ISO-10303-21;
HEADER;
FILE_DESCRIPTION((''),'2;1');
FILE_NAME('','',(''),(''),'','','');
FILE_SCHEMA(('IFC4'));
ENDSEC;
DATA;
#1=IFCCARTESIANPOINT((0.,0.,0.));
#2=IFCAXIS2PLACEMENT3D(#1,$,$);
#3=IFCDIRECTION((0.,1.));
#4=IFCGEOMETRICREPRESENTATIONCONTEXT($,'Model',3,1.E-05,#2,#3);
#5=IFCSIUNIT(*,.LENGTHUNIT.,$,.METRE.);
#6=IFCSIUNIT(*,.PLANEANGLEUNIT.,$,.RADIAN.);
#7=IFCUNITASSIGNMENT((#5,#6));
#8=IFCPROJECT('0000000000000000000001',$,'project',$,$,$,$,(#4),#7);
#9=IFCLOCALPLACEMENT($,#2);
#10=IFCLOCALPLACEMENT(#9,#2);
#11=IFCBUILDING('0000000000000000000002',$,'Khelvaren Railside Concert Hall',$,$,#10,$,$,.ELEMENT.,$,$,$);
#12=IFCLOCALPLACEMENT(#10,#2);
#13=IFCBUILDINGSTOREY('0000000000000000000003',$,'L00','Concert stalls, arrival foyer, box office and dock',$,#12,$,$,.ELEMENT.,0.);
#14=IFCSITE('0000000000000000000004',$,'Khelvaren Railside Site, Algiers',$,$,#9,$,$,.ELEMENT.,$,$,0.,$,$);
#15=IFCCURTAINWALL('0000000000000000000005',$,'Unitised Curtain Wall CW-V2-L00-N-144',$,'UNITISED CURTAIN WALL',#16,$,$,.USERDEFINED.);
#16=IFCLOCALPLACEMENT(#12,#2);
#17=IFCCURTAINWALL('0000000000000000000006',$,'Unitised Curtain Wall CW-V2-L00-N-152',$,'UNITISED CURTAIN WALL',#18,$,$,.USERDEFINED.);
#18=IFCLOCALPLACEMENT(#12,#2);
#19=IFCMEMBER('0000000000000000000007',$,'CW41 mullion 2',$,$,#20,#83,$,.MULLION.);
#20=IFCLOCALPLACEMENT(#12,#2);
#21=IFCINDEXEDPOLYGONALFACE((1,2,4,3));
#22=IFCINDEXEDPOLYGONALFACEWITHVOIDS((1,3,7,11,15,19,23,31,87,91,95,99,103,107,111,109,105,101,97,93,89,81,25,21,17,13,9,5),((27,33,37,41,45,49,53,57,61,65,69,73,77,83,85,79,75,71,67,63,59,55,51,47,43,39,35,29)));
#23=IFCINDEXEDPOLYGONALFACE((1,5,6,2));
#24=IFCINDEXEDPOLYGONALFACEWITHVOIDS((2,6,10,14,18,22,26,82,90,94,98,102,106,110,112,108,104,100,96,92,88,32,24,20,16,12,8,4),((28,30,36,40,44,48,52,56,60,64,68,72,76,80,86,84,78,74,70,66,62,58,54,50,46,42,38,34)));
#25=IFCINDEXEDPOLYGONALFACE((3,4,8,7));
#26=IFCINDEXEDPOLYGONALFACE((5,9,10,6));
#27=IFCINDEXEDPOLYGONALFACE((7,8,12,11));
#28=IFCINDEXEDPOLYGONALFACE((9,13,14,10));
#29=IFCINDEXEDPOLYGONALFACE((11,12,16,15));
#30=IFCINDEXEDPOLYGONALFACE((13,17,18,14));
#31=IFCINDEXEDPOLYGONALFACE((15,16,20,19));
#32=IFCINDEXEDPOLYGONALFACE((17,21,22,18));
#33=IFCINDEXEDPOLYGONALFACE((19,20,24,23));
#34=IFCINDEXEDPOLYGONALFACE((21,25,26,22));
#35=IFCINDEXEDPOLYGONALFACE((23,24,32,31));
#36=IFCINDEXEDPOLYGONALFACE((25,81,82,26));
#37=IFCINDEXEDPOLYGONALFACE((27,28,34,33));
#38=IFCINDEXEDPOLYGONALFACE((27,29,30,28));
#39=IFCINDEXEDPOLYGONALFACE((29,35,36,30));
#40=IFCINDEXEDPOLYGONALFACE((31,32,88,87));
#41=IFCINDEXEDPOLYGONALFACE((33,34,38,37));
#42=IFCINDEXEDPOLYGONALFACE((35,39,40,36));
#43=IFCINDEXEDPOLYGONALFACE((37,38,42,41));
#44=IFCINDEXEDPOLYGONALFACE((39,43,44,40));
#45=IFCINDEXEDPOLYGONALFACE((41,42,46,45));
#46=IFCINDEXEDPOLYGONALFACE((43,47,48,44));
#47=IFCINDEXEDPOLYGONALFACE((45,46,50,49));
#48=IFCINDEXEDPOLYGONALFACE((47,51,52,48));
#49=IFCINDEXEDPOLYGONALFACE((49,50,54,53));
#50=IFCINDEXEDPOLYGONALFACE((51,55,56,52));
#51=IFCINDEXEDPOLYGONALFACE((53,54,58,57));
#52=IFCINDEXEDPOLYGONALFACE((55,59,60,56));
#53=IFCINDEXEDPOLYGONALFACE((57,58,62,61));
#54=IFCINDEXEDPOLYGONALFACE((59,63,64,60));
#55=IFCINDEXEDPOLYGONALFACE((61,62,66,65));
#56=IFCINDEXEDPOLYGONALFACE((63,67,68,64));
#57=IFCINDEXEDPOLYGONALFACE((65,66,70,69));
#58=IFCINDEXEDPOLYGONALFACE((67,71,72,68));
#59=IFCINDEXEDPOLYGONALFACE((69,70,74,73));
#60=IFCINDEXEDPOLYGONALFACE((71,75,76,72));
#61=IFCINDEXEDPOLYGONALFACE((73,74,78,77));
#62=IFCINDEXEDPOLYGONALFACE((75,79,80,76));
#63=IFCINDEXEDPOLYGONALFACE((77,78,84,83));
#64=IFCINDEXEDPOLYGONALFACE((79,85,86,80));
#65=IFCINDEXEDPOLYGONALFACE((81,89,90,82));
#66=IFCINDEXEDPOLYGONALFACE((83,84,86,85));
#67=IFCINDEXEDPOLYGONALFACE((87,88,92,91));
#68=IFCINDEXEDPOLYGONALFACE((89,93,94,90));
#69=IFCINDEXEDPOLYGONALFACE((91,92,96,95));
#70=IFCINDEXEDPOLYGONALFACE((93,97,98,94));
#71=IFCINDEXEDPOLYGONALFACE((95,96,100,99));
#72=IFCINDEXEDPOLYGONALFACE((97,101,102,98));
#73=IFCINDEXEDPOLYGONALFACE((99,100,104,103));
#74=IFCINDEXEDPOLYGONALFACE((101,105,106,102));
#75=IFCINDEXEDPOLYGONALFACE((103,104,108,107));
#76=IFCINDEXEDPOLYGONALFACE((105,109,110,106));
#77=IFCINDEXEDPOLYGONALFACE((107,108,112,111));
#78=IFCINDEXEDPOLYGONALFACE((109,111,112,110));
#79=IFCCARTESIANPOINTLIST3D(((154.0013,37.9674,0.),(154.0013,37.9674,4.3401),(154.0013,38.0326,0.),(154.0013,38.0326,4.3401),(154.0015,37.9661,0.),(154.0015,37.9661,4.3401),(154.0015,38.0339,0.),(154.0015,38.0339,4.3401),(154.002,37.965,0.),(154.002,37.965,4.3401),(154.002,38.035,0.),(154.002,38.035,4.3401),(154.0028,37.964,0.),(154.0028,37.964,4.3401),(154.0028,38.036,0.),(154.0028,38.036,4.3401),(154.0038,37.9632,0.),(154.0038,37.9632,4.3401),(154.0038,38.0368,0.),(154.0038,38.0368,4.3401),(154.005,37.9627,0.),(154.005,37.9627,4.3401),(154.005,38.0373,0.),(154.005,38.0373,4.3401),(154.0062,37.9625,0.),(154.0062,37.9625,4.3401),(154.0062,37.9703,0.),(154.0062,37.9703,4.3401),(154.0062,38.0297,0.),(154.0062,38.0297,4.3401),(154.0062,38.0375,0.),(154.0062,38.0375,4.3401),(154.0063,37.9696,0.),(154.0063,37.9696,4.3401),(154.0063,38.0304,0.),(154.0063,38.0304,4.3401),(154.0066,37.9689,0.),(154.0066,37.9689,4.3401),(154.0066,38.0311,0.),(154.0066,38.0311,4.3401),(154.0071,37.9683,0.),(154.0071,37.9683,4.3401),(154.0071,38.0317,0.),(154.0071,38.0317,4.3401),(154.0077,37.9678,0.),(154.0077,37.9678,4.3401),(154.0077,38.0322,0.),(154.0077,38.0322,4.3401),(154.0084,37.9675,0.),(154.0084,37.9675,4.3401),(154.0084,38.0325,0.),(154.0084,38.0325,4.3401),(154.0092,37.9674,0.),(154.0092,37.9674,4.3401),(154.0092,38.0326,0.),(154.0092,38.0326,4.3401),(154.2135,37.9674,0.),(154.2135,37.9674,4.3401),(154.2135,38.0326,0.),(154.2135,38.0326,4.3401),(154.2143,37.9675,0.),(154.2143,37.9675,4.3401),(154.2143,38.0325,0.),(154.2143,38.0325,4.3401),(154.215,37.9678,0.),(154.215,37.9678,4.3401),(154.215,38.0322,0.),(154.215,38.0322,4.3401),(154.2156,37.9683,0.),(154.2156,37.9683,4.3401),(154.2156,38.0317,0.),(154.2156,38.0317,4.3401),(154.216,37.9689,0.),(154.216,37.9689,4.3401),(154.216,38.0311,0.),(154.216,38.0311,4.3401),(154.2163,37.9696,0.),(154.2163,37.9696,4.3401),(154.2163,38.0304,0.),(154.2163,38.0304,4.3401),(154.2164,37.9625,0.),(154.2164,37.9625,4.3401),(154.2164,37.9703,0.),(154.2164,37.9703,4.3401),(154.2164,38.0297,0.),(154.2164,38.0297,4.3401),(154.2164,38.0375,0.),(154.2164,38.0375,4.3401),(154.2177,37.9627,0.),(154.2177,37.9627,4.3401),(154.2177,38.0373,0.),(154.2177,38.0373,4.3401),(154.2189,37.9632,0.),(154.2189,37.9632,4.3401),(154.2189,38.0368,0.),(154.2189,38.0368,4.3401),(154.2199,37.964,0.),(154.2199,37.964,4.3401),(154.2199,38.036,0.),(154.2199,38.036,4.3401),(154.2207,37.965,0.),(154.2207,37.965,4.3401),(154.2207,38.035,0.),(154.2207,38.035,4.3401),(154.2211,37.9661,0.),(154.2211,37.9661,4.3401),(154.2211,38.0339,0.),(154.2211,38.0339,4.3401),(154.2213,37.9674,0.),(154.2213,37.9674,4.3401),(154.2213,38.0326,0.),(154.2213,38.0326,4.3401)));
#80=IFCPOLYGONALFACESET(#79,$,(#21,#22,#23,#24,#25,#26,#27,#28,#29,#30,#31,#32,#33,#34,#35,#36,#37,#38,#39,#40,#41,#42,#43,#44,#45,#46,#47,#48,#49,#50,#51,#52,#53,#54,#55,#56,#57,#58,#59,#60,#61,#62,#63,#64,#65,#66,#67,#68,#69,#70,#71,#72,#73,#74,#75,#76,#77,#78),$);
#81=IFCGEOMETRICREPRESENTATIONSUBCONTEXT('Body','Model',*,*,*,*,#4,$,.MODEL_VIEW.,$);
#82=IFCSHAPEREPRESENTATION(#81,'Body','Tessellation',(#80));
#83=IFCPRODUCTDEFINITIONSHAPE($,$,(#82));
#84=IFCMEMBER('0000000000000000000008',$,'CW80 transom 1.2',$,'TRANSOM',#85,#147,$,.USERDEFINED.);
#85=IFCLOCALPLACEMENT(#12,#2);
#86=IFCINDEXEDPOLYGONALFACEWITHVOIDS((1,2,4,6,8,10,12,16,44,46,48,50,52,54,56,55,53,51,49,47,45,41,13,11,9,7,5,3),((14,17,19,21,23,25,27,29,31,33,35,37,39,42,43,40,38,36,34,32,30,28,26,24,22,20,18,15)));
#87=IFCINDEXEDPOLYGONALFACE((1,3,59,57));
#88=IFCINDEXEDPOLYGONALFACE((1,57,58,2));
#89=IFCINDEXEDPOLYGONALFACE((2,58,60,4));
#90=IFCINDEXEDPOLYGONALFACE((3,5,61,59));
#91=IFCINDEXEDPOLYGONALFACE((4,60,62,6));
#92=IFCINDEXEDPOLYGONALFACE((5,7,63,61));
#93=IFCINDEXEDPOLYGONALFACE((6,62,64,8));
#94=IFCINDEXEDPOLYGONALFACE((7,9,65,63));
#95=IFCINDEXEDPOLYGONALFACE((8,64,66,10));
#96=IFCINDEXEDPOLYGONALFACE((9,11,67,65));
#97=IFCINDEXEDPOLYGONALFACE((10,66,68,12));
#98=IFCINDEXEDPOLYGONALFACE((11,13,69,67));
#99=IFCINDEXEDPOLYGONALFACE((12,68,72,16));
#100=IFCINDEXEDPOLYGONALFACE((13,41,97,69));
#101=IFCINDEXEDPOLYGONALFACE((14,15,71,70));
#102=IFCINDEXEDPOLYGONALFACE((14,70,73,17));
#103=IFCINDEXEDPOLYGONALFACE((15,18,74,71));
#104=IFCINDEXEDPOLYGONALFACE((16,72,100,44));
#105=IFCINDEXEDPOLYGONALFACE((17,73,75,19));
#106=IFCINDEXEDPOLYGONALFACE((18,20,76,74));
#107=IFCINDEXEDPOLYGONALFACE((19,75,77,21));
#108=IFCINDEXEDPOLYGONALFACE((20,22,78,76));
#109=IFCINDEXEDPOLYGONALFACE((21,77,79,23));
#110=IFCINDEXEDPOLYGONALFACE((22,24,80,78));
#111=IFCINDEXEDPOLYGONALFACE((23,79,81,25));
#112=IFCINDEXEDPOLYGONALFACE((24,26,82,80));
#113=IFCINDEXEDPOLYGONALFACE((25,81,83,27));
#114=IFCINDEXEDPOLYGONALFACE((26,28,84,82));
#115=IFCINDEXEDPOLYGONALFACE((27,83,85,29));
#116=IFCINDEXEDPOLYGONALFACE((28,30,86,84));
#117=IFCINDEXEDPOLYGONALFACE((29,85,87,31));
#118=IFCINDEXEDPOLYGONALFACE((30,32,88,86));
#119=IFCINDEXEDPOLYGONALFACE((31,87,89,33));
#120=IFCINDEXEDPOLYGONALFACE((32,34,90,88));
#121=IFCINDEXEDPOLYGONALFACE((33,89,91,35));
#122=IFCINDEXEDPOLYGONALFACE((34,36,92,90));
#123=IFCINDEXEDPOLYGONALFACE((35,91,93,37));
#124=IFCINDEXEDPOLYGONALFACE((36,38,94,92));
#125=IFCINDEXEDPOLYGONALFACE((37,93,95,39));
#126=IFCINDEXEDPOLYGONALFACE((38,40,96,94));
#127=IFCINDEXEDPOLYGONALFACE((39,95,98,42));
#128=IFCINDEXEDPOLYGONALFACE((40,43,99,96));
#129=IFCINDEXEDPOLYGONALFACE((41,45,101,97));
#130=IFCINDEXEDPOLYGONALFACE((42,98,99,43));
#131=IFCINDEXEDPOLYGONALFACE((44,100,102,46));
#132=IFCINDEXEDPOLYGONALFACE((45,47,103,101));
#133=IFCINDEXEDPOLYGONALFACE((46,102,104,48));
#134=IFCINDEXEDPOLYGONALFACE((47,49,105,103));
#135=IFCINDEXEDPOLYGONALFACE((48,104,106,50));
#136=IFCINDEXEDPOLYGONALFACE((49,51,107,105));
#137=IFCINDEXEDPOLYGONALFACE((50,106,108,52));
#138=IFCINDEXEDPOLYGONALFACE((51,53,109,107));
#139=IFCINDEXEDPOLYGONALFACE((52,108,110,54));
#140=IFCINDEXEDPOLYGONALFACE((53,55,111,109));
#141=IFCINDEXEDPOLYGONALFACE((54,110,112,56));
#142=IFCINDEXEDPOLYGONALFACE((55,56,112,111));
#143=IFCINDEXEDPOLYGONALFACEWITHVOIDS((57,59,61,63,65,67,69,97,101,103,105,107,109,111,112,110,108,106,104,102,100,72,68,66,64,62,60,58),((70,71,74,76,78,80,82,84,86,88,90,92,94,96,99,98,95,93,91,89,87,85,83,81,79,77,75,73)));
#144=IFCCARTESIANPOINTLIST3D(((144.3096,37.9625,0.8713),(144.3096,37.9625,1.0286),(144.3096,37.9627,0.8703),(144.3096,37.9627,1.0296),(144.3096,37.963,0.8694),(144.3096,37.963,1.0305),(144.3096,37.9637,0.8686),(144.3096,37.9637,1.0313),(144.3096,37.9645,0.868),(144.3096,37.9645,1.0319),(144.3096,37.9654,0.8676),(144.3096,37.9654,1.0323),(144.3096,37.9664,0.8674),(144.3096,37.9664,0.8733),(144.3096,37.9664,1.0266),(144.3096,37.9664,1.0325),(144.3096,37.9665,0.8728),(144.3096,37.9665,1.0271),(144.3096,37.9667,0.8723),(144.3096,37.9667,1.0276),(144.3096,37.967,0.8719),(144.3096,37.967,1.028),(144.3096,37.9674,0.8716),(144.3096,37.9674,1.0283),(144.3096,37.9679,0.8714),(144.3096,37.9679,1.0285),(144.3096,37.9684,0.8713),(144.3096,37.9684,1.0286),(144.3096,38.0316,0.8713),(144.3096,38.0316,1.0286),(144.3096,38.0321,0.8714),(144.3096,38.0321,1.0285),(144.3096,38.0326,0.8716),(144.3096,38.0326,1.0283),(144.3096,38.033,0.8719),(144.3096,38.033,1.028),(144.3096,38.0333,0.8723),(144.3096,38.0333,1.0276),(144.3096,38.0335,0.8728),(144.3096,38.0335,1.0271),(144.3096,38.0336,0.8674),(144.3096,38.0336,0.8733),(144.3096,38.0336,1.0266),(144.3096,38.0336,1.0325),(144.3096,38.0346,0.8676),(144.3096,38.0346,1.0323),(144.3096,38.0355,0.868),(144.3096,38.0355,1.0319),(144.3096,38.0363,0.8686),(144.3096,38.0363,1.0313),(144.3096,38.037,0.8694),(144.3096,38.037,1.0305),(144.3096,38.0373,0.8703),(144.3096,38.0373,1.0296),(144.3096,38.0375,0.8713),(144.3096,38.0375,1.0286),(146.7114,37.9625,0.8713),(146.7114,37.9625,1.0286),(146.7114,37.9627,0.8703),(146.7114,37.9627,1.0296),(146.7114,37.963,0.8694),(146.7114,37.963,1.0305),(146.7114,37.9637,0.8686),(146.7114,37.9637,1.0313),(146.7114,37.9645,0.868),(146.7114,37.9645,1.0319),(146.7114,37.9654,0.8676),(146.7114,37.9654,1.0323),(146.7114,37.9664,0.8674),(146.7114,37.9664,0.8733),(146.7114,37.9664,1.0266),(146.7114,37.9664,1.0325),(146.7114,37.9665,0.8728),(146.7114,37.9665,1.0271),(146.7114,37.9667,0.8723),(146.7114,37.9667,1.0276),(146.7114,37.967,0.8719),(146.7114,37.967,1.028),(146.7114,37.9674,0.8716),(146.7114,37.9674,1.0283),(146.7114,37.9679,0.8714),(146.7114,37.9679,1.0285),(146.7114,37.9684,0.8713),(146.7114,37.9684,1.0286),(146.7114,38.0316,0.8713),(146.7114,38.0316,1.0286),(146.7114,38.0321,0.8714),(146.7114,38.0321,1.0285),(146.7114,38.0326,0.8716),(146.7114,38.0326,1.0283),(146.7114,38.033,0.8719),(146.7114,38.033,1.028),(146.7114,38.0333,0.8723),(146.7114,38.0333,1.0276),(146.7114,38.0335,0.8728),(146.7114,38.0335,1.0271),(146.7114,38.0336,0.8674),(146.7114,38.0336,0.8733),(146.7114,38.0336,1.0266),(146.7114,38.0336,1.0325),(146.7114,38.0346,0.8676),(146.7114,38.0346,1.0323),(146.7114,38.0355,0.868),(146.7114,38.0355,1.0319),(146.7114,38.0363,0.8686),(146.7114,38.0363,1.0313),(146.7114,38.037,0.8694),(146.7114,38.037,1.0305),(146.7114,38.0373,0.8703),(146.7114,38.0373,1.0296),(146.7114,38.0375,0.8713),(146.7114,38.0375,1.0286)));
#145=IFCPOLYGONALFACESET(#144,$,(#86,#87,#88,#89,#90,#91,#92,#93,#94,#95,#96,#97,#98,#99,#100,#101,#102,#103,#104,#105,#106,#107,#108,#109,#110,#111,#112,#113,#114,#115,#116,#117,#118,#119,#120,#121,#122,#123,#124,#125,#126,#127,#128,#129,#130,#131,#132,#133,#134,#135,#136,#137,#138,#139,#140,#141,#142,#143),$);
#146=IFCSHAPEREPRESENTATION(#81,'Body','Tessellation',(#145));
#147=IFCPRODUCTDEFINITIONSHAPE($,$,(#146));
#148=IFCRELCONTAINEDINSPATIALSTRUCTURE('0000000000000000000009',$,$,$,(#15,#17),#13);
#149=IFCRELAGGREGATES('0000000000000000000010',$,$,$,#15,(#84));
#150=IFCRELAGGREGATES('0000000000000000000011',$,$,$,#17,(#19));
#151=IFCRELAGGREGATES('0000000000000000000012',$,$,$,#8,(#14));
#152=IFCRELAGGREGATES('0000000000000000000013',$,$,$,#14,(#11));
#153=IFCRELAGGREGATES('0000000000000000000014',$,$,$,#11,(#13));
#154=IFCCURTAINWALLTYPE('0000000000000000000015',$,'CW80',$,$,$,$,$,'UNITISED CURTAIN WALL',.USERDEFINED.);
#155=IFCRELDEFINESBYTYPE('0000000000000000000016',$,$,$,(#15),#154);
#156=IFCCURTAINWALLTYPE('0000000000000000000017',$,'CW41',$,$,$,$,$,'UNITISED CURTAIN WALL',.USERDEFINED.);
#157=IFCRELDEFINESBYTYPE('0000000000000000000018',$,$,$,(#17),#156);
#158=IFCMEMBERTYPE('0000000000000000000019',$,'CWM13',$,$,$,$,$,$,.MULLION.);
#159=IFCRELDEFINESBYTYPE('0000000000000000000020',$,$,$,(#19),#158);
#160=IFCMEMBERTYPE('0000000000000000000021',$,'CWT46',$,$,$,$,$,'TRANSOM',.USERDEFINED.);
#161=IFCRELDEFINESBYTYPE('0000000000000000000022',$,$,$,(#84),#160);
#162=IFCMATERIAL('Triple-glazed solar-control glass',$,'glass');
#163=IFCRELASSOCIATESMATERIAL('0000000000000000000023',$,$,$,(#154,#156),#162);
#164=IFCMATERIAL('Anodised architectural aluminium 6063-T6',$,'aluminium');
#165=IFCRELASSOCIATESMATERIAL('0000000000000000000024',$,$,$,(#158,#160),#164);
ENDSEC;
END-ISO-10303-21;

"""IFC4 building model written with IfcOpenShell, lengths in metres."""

from ifc_helpers import new_model, si_unit, direction, frame, origin, origin_2d, place, context, subcontext, project, spatial, hollow_rectangle, extrude, material, material_profile, profile_set, type_object, element, aggregate, save


model = new_model("IFC4")

# Units and contexts
model_context = context("Model", 3, precision=1e-05, world=origin(), true_north=direction((0.0, 1.0)))
body_context = subcontext(model_context, "Body", "Model", "MODEL_VIEW")
ifc_project = project(units=[si_unit("LENGTHUNIT", "METRE"), si_unit("PLANEANGLEUNIT", "RADIAN")], contexts=[model_context])

# Site, building, storey
site_placement = place(None, origin())
site = spatial("IfcSite", under=ifc_project, at=site_placement, Name="Khelvaren Railside Site, Algiers", CompositionType="ELEMENT", RefElevation=0.0)
building_placement = place(site_placement, origin())
building = spatial("IfcBuilding", under=site, at=building_placement, Name="Khelvaren Railside Concert Hall", CompositionType="ELEMENT")
storey_placement = place(building_placement, origin())
storey = spatial("IfcBuildingStorey", under=building, at=storey_placement, Name="L00", Description="Concert stalls, arrival foyer, box office and dock", CompositionType="ELEMENT", Elevation=0.0)

# Curtain walls, member
ifc_material_1 = material(Name="Triple-glazed solar-control glass", Category="glass")
curtain_wall_type_1 = type_object("IfcCurtainWallType", Name="CW80", ElementType="UNITISED CURTAIN WALL", PredefinedType="USERDEFINED", material=ifc_material_1)
curtain_wall_1_placement = place(storey_placement, origin())
curtain_wall_1 = element("IfcCurtainWall", 1, at=curtain_wall_1_placement, inside=storey, type_object=curtain_wall_type_1, Name="Unitised Curtain Wall CW-V2-L00-N-144", ObjectType="UNITISED CURTAIN WALL", PredefinedType="USERDEFINED")
ifc_material_2 = material(Name="Anodised architectural aluminium 6063-T6", Category="aluminium")
ifc_material_profile_1 = material_profile(ifc_material_2, hollow_rectangle(XDim=0.075, YDim=0.22, WallThickness=0.0049, InnerFilletRadius=0.0029, OuterFilletRadius=0.0049, at=origin_2d()), Name="CWM 75x220x5")
ifc_profile_set_1 = profile_set([ifc_material_profile_1], Name="Anodised architectural aluminium 6063-T6")
member_type_1 = type_object("IfcMemberType", Name="CWM13", PredefinedType="MULLION", material=ifc_profile_set_1)
curtain_wall_type_2 = type_object("IfcCurtainWallType", Name="CW41", ElementType="UNITISED CURTAIN WALL", PredefinedType="USERDEFINED", material=ifc_material_1)
curtain_wall_2_placement = place(storey_placement, origin())
curtain_wall_2 = element("IfcCurtainWall", 2, at=curtain_wall_2_placement, inside=storey, type_object=curtain_wall_type_2, Name="Unitised Curtain Wall CW-V2-L00-N-152", ObjectType="UNITISED CURTAIN WALL", PredefinedType="USERDEFINED")
member_1_placement = place(storey_placement, frame((154.1113, 38.0, 0.0), z_axis=(0.0, 0.0, 1.0), x_axis=(0.0, 1.0, 0.0)))
member_1 = element("IfcMember", 3, at=member_1_placement, type_object=member_type_1, Name="CW41 mullion 2", PredefinedType="MULLION", context=body_context, shape_type="SweptSolid", body=[
    extrude(hollow_rectangle(XDim=0.075, YDim=0.22, WallThickness=0.0049, InnerFilletRadius=0.0029, OuterFilletRadius=0.0049, at=origin_2d()), origin(), (0.0, 0.0, 1.0), 4.3401),
])

# Member
ifc_material_profile_2 = material_profile(ifc_material_2, hollow_rectangle(XDim=0.075, YDim=0.165, WallThickness=0.0039, InnerFilletRadius=0.002, OuterFilletRadius=0.0039, at=origin_2d()), Name="CWT 75x165x4")
ifc_profile_set_2 = profile_set([ifc_material_profile_2], Name="Anodised architectural aluminium 6063-T6")
member_type_2 = type_object("IfcMemberType", Name="CWT46", ElementType="TRANSOM", PredefinedType="USERDEFINED", material=ifc_profile_set_2)
member_2_placement = place(storey_placement, frame((144.3096, 38.0, 0.95), z_axis=(1.0, 0.0, 0.0), x_axis=(0.0, 1.0, 0.0)))
member_2 = element("IfcMember", 4, at=member_2_placement, type_object=member_type_2, Name="CW80 transom 1.2", ObjectType="TRANSOM", PredefinedType="USERDEFINED", context=body_context, shape_type="SweptSolid", body=[
    extrude(hollow_rectangle(XDim=0.075, YDim=0.165, WallThickness=0.0039, InnerFilletRadius=0.002, OuterFilletRadius=0.0039, at=origin_2d()), origin(), (0.0, 0.0, 1.0), 2.4019),
])

aggregate(curtain_wall_1, [member_2])
aggregate(curtain_wall_2, [member_1])

save(model, "model.ifc")
